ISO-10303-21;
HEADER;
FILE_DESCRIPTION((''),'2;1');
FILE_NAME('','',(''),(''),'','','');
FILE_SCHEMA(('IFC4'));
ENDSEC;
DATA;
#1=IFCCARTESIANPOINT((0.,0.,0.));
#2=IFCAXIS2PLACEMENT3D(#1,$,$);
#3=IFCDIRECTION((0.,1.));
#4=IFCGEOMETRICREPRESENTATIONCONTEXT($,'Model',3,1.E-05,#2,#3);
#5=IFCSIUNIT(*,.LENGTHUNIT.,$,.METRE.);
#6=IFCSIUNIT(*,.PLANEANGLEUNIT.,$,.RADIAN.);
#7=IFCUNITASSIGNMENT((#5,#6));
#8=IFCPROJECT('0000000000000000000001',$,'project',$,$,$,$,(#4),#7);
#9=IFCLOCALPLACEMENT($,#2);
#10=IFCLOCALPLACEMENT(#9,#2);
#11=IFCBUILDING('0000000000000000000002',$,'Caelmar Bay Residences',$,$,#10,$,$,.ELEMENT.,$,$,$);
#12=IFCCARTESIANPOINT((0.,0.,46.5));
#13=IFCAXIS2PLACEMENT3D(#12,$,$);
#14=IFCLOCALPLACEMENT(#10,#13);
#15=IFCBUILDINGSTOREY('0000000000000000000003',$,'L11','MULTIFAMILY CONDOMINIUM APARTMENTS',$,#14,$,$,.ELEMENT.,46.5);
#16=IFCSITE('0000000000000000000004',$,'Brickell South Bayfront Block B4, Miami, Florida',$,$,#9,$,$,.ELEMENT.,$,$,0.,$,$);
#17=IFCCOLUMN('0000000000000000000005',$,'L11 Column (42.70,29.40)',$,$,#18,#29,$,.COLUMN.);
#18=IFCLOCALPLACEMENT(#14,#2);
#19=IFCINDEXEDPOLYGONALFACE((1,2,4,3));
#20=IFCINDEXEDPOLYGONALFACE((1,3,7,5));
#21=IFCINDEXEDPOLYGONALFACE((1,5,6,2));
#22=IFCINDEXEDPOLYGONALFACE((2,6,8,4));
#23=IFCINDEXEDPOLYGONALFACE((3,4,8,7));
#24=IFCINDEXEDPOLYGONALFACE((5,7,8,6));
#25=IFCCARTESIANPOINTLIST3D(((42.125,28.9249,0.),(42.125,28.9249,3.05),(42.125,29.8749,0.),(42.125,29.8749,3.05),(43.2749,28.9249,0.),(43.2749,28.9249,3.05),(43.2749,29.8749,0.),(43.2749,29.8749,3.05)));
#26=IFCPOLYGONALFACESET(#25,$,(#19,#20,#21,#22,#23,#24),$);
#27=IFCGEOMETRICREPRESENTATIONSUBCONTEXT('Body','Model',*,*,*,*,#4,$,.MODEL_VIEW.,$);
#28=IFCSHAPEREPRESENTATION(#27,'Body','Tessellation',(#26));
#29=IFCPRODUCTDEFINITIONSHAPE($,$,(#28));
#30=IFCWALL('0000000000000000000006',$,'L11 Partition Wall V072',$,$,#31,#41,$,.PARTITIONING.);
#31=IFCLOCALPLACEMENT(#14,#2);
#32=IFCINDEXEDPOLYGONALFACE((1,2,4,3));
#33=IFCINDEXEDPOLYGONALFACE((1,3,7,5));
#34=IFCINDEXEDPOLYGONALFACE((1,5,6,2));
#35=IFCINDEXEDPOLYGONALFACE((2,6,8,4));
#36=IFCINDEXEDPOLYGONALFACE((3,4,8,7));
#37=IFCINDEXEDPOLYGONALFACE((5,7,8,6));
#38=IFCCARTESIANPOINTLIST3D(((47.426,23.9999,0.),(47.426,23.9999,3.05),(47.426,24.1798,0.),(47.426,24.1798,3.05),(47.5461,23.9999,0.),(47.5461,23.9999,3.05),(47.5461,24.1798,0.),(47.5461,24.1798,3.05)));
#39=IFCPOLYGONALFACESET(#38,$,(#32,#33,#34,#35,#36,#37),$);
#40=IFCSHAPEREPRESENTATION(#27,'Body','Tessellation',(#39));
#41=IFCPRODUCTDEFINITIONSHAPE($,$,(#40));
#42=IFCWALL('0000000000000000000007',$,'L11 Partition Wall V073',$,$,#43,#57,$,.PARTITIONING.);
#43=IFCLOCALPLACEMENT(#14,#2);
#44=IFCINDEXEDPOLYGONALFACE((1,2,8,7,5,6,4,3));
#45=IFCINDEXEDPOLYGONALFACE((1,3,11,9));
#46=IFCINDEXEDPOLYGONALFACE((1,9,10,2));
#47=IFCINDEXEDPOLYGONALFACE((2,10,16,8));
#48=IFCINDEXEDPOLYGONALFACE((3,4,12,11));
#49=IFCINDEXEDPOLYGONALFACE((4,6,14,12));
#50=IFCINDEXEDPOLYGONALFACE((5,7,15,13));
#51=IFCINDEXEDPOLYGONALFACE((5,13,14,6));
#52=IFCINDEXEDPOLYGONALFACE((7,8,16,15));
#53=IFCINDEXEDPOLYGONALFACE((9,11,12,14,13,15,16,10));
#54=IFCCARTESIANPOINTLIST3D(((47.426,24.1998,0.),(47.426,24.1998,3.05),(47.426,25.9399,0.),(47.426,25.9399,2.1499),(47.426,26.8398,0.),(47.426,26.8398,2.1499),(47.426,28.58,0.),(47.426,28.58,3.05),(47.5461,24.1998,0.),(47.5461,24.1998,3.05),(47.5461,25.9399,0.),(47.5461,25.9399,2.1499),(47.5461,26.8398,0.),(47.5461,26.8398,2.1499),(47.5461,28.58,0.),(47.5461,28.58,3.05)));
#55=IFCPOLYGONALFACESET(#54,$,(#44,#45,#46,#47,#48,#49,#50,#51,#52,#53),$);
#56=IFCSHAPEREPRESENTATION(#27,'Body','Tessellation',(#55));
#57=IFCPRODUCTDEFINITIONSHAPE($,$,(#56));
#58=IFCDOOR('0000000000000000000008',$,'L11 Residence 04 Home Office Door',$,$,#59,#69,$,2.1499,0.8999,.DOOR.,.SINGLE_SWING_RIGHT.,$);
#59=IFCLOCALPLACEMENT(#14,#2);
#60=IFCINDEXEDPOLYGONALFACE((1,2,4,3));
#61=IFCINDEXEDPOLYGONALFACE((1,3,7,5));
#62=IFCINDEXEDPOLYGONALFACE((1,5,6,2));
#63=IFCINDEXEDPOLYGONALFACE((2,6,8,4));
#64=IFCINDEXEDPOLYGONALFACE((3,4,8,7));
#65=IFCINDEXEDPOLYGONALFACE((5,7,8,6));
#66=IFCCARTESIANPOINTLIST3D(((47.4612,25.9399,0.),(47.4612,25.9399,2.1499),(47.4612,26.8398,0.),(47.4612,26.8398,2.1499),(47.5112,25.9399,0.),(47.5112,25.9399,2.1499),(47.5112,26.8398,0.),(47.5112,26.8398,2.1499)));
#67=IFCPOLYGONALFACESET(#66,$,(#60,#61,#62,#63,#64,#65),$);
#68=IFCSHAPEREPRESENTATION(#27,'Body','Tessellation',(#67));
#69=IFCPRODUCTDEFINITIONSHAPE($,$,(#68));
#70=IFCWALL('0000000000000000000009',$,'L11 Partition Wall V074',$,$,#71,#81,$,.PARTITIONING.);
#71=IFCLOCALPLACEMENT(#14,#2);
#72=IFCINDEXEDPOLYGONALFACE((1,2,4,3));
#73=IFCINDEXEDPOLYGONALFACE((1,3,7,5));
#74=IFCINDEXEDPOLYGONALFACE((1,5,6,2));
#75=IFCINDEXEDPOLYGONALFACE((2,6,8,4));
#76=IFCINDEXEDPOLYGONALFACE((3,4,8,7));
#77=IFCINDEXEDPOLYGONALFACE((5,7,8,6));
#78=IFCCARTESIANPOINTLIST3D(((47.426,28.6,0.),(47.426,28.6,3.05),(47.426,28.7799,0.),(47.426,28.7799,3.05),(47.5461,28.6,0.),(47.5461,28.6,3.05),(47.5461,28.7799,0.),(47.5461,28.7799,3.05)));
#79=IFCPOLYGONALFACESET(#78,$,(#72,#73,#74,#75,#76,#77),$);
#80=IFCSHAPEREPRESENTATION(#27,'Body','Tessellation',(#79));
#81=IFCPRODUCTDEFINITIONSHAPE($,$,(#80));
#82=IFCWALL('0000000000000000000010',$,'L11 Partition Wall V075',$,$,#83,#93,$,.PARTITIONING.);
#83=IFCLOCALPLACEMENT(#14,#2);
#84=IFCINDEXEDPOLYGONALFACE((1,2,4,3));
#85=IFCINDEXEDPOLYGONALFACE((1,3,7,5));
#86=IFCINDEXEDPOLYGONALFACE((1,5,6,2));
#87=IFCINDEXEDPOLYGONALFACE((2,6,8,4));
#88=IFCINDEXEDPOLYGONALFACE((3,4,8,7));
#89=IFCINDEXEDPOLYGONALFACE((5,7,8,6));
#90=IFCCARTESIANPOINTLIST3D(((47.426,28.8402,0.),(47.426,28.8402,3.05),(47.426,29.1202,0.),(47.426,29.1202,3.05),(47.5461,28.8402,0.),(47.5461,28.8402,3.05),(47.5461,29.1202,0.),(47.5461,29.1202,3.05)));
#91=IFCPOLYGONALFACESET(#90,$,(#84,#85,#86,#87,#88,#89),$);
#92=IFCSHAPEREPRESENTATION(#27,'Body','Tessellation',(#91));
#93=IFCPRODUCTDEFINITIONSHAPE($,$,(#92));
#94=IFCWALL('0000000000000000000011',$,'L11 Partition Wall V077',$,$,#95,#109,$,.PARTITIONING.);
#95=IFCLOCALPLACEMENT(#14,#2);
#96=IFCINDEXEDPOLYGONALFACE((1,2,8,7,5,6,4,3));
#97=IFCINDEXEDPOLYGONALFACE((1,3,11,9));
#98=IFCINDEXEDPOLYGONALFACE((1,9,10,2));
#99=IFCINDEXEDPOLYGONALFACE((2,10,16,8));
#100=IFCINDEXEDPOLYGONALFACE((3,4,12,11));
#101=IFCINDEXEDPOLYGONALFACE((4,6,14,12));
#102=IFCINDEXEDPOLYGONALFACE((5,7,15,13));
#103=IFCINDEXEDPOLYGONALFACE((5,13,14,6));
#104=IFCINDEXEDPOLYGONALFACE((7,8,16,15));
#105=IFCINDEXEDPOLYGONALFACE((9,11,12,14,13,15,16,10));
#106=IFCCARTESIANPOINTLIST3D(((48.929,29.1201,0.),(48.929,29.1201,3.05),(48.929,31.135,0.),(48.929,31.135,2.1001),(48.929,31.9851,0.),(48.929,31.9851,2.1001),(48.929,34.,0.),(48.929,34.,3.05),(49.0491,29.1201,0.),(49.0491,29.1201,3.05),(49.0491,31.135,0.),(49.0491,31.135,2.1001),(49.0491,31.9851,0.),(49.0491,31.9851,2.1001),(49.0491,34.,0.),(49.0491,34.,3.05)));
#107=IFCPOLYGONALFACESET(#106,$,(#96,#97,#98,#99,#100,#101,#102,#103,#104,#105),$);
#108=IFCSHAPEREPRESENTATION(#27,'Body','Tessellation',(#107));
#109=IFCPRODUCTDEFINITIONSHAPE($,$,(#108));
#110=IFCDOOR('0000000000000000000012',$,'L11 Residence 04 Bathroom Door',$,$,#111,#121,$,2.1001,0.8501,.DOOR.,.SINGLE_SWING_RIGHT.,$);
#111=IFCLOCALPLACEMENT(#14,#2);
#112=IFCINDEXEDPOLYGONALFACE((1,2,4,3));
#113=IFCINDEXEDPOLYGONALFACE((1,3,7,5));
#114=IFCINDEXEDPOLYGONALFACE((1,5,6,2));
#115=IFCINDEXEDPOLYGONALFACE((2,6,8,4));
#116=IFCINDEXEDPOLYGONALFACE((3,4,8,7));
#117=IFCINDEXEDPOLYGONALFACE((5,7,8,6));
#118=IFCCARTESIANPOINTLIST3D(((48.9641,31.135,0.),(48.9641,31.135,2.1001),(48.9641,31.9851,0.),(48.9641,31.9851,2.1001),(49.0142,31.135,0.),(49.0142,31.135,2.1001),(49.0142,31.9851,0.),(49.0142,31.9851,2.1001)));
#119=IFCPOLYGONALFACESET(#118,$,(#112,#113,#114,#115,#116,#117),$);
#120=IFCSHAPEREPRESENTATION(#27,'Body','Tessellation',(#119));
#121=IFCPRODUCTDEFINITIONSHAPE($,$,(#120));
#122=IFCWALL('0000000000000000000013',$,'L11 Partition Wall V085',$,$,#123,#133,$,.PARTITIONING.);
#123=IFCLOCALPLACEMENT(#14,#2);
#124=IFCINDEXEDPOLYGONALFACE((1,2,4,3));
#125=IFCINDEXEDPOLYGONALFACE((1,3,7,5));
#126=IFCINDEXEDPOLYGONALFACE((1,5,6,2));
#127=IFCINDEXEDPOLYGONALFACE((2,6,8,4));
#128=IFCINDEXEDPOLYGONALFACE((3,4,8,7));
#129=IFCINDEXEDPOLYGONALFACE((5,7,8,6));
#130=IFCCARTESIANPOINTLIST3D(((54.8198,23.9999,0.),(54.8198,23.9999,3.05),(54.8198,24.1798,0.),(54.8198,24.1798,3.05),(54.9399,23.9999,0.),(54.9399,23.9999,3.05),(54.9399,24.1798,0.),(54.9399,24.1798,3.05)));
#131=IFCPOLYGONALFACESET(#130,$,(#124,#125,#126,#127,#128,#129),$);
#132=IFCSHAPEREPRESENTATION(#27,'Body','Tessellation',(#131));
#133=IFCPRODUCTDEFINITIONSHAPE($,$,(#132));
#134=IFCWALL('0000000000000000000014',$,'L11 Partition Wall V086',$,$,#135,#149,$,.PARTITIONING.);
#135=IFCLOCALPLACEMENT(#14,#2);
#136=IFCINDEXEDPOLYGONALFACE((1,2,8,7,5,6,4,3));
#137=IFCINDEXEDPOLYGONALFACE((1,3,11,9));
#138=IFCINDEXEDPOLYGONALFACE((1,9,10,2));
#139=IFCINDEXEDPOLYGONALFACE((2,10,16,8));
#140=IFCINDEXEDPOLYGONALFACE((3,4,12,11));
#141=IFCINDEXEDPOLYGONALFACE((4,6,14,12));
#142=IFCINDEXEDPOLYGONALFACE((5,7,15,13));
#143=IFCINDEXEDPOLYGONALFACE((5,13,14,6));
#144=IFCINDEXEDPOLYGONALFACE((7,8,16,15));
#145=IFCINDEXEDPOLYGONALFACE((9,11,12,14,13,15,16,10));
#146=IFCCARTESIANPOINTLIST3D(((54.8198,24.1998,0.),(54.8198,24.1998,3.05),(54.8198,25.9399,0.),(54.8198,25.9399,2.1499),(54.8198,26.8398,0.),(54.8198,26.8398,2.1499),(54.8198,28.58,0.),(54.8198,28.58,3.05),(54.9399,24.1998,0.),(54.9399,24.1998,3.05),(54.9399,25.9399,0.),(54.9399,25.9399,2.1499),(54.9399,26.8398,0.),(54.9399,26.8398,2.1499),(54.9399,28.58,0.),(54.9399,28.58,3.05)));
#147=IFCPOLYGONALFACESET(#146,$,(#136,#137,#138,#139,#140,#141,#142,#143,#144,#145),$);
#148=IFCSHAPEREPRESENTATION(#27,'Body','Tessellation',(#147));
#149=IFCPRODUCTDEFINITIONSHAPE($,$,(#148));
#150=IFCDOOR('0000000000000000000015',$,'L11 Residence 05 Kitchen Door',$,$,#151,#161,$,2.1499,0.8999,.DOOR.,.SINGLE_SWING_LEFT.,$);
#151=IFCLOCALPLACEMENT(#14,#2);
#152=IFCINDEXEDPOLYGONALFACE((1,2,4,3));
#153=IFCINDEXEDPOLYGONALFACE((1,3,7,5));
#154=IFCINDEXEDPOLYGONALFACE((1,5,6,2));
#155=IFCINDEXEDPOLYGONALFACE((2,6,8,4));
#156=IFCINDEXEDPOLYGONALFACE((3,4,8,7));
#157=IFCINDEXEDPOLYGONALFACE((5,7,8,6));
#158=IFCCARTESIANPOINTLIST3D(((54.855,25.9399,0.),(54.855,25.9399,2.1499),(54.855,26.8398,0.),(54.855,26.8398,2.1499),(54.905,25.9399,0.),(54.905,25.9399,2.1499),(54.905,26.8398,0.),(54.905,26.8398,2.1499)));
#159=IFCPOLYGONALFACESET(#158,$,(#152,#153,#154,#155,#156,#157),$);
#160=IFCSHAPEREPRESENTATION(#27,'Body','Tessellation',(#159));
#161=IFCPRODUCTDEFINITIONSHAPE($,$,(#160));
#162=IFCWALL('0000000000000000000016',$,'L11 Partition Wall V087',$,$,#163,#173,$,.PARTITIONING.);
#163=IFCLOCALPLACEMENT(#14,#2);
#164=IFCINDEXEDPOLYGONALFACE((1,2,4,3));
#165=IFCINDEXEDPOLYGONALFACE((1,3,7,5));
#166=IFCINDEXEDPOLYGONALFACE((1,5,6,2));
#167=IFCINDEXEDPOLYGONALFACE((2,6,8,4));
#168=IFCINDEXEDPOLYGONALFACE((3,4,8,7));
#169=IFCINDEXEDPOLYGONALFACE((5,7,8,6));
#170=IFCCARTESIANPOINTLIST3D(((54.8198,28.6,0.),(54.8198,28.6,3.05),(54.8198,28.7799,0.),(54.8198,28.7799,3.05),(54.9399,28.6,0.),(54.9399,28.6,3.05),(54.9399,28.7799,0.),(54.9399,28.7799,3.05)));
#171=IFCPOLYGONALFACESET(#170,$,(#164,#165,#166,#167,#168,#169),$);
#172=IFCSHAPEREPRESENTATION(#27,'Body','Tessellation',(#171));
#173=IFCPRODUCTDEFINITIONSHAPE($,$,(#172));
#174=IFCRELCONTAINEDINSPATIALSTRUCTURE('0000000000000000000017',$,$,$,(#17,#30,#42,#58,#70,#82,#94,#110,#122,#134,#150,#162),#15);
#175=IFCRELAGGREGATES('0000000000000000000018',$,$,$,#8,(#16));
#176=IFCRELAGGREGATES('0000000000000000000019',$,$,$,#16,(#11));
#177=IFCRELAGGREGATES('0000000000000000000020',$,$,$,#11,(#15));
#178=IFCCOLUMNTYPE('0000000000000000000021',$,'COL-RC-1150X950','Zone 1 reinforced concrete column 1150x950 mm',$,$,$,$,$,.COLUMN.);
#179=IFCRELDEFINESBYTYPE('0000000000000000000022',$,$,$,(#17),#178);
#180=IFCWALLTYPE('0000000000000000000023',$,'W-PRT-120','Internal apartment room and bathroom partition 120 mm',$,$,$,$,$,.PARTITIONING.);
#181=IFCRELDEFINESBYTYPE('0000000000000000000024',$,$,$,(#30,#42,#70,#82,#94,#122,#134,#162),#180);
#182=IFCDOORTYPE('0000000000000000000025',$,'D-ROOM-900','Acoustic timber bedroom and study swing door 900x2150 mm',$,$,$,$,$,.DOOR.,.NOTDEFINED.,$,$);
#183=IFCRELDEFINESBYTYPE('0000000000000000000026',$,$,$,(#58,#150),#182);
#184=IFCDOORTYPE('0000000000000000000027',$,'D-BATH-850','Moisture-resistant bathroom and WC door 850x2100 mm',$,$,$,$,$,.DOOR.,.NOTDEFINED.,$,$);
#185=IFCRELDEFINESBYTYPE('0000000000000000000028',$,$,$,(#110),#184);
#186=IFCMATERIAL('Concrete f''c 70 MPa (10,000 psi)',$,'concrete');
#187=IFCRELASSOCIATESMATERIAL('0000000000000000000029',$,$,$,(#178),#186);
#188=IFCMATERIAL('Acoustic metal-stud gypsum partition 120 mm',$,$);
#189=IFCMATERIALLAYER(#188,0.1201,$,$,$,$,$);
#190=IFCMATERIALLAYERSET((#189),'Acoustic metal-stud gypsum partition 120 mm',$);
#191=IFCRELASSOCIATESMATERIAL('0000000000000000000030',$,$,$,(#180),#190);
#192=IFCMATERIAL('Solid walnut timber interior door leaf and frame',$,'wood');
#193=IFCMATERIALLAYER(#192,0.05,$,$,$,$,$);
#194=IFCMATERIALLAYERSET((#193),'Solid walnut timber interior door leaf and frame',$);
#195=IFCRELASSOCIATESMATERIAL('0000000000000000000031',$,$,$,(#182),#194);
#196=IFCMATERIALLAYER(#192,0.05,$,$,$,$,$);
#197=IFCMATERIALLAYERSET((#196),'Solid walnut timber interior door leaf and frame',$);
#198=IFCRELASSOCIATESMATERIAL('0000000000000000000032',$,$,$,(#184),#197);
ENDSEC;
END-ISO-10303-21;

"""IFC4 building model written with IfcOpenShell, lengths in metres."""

from ifc_helpers import new_model, si_unit, direction, frame, frame_2d, origin, origin_2d, place, context, subcontext, project, spatial, rectangle, extrude, material, layer, layer_set, material_profile, profile_set, type_object, element, fill, save


model = new_model("IFC4")

# Units and contexts
model_context = context("Model", 3, precision=1e-05, world=origin(), true_north=direction((0.0, 1.0)))
body_context = subcontext(model_context, "Body", "Model", "MODEL_VIEW")
ifc_project = project(units=[si_unit("LENGTHUNIT", "METRE"), si_unit("PLANEANGLEUNIT", "RADIAN")], contexts=[model_context])

# Site, building, storey
site_placement = place(None, origin())
site = spatial("IfcSite", under=ifc_project, at=site_placement, Name="Brickell South Bayfront Block B4, Miami, Florida", CompositionType="ELEMENT", RefElevation=0.0)
building_placement = place(site_placement, origin())
building = spatial("IfcBuilding", under=site, at=building_placement, Name="Caelmar Bay Residences", CompositionType="ELEMENT")
storey_placement = place(building_placement, frame((0.0, 0.0, 46.5)))
storey = spatial("IfcBuildingStorey", under=building, at=storey_placement, Name="L11", Description="MULTIFAMILY CONDOMINIUM APARTMENTS", CompositionType="ELEMENT", Elevation=46.5)

# Column
ifc_material_1 = material(Name="Concrete f'c 70 MPa (10,000 psi)", Category="concrete")
ifc_material_profile = material_profile(ifc_material_1, rectangle(XDim=1.1499, YDim=0.95, at=origin_2d()), Name="RC-COL-1150X950")
ifc_profile_set = profile_set([ifc_material_profile], Name="Concrete f'c 70 MPa (10,000 psi)")
column_type = type_object("IfcColumnType", Name="COL-RC-1150X950", Description="Zone 1 reinforced concrete column 1150x950 mm", PredefinedType="COLUMN", material=ifc_profile_set)
column_placement = place(storey_placement, frame((42.7, 29.3999, 0.0), z_axis=(0.0, 0.0, 1.0), x_axis=(1.0, 0.0, 0.0)))
element("IfcColumn", 1, at=column_placement, inside=storey, type_object=column_type, Name="L11 Column (42.70,29.40)", PredefinedType="COLUMN", context=body_context, shape_type="SweptSolid", body=[
    extrude(rectangle(XDim=1.1499, YDim=0.95, at=origin_2d()), origin(), (0.0, 0.0, 1.0), 3.05),
])

# Wall
ifc_material_2 = material(Name="Acoustic metal-stud gypsum partition 120 mm")
ifc_layer_1 = layer(ifc_material_2, 0.1201)
ifc_layer_set_1 = layer_set([ifc_layer_1], Name="Acoustic metal-stud gypsum partition 120 mm")
wall_type_1 = type_object("IfcWallType", Name="W-PRT-120", Description="Internal apartment room and bathroom partition 120 mm", PredefinedType="PARTITIONING", material=ifc_layer_set_1)
wall_1_placement = place(storey_placement, frame((47.4861, 24.0, 0.0), z_axis=(0.0, 0.0, 1.0), x_axis=(0.0, 1.0, 0.0)))
element("IfcWall", 2, at=wall_1_placement, inside=storey, type_object=wall_type_1, Name="L11 Partition Wall V072", PredefinedType="PARTITIONING", context=body_context, shape_type="SweptSolid", body=[
    extrude(rectangle(XDim=0.1799, YDim=0.1201, at=frame_2d((0.0898, 0.0))), origin(), (0.0, 0.0, 1.0), 3.05),
])

# Wall, opening, door
wall_2_placement = place(storey_placement, frame((47.4861, 24.2, 0.0), z_axis=(0.0, 0.0, 1.0), x_axis=(0.0, 1.0, 0.0)))
wall_2 = element("IfcWall", 3, at=wall_2_placement, inside=storey, type_object=wall_type_1, Name="L11 Partition Wall V073", PredefinedType="PARTITIONING", context=body_context, shape_type="SweptSolid", body=[
    extrude(rectangle(XDim=4.3801, YDim=0.1201, at=frame_2d((2.1899, 0.0))), origin(), (0.0, 0.0, 1.0), 3.05),
])
opening_1_placement = place(wall_2_placement, frame((1.74, 0.0, 0.0)))
opening_1 = element("IfcOpeningElement", 4, at=opening_1_placement, cuts=wall_2, PredefinedType="OPENING", context=body_context, shape_type="SweptSolid", body=[
    extrude(rectangle(XDim=0.8999, YDim=2.1499, at=frame_2d((0.45, 1.075))), frame((0.0, 0.0701, 0.0), z_axis=(0.0, -1.0, 0.0), x_axis=(1.0, 0.0, 0.0)), (0.0, 0.0, 1.0), 0.1401),
])
ifc_material_3 = material(Name="Solid walnut timber interior door leaf and frame", Category="wood")
ifc_layer_2 = layer(ifc_material_3, 0.05)
ifc_layer_set_2 = layer_set([ifc_layer_2], Name="Solid walnut timber interior door leaf and frame")
door_type_1 = type_object("IfcDoorType", Name="D-ROOM-900", Description="Acoustic timber bedroom and study swing door 900x2150 mm", OperationType="NOTDEFINED", PredefinedType="DOOR", material=ifc_layer_set_2)
door_1_placement = place(opening_1_placement, origin())
door_1 = element("IfcDoor", 5, at=door_1_placement, inside=storey, type_object=door_type_1, Name="L11 Residence 04 Home Office Door", OperationType="SINGLE_SWING_RIGHT", OverallHeight=2.1499, OverallWidth=0.8999, PredefinedType="DOOR", context=body_context, shape_type="SweptSolid", body=[
    extrude(rectangle(XDim=0.8999, YDim=2.1499, at=frame_2d((0.45, 1.075))), frame((0.0, 0.0249, 0.0), z_axis=(0.0, -1.0, 0.0), x_axis=(1.0, 0.0, 0.0)), (0.0, 0.0, 1.0), 0.05),
])
fill(opening_1, door_1)

# Walls
wall_3_placement = place(storey_placement, frame((47.4861, 28.6001, 0.0), z_axis=(0.0, 0.0, 1.0), x_axis=(0.0, 1.0, 0.0)))
element("IfcWall", 6, at=wall_3_placement, inside=storey, type_object=wall_type_1, Name="L11 Partition Wall V074", PredefinedType="PARTITIONING", context=body_context, shape_type="SweptSolid", body=[
    extrude(rectangle(XDim=0.1799, YDim=0.1201, at=frame_2d((0.0898, 0.0))), origin(), (0.0, 0.0, 1.0), 3.05),
])
wall_4_placement = place(storey_placement, frame((47.4861, 28.8401, 0.0), z_axis=(0.0, 0.0, 1.0), x_axis=(0.0, 1.0, 0.0)))
element("IfcWall", 7, at=wall_4_placement, inside=storey, type_object=wall_type_1, Name="L11 Partition Wall V075", PredefinedType="PARTITIONING", context=body_context, shape_type="SweptSolid", body=[
    extrude(rectangle(XDim=0.28, YDim=0.1201, at=frame_2d((0.1401, 0.0))), origin(), (0.0, 0.0, 1.0), 3.05),
])

# Wall, opening, door
wall_5_placement = place(storey_placement, frame((48.989, 29.1201, 0.0), z_axis=(0.0, 0.0, 1.0), x_axis=(0.0, 1.0, 0.0)))
wall_5 = element("IfcWall", 8, at=wall_5_placement, inside=storey, type_object=wall_type_1, Name="L11 Partition Wall V077", PredefinedType="PARTITIONING", context=body_context, shape_type="SweptSolid", body=[
    extrude(rectangle(XDim=4.8799, YDim=0.1201, at=frame_2d((2.4399, 0.0))), origin(), (0.0, 0.0, 1.0), 3.05),
])
opening_2_placement = place(wall_5_placement, frame((2.0149, 0.0, 0.0)))
opening_2 = element("IfcOpeningElement", 9, at=opening_2_placement, cuts=wall_5, PredefinedType="OPENING", context=body_context, shape_type="SweptSolid", body=[
    extrude(rectangle(XDim=0.8501, YDim=2.1001, at=frame_2d((0.425, 1.05))), frame((0.0, 0.0701, 0.0), z_axis=(0.0, -1.0, 0.0), x_axis=(1.0, 0.0, 0.0)), (0.0, 0.0, 1.0), 0.1401),
])
ifc_layer_3 = layer(ifc_material_3, 0.05)
ifc_layer_set_3 = layer_set([ifc_layer_3], Name="Solid walnut timber interior door leaf and frame")
door_type_2 = type_object("IfcDoorType", Name="D-BATH-850", Description="Moisture-resistant bathroom and WC door 850x2100 mm", OperationType="NOTDEFINED", PredefinedType="DOOR", material=ifc_layer_set_3)
door_2_placement = place(opening_2_placement, origin())
door_2 = element("IfcDoor", 10, at=door_2_placement, inside=storey, type_object=door_type_2, Name="L11 Residence 04 Bathroom Door", OperationType="SINGLE_SWING_RIGHT", OverallHeight=2.1001, OverallWidth=0.8501, PredefinedType="DOOR", context=body_context, shape_type="SweptSolid", body=[
    extrude(rectangle(XDim=0.8501, YDim=2.1001, at=frame_2d((0.425, 1.05))), frame((0.0, 0.0249, 0.0), z_axis=(0.0, -1.0, 0.0), x_axis=(1.0, 0.0, 0.0)), (0.0, 0.0, 1.0), 0.05),
])
fill(opening_2, door_2)

# Wall
wall_6_placement = place(storey_placement, frame((54.8799, 24.0, 0.0), z_axis=(0.0, 0.0, 1.0), x_axis=(0.0, 1.0, 0.0)))
element("IfcWall", 11, at=wall_6_placement, inside=storey, type_object=wall_type_1, Name="L11 Partition Wall V085", PredefinedType="PARTITIONING", context=body_context, shape_type="SweptSolid", body=[
    extrude(rectangle(XDim=0.1799, YDim=0.1201, at=frame_2d((0.0898, 0.0))), origin(), (0.0, 0.0, 1.0), 3.05),
])

# Wall, opening, door
wall_7_placement = place(storey_placement, frame((54.8799, 24.2, 0.0), z_axis=(0.0, 0.0, 1.0), x_axis=(0.0, 1.0, 0.0)))
wall_7 = element("IfcWall", 12, at=wall_7_placement, inside=storey, type_object=wall_type_1, Name="L11 Partition Wall V086", PredefinedType="PARTITIONING", context=body_context, shape_type="SweptSolid", body=[
    extrude(rectangle(XDim=4.3801, YDim=0.1201, at=frame_2d((2.1899, 0.0))), origin(), (0.0, 0.0, 1.0), 3.05),
])
opening_3_placement = place(wall_7_placement, frame((1.74, 0.0, 0.0)))
opening_3 = element("IfcOpeningElement", 13, at=opening_3_placement, cuts=wall_7, PredefinedType="OPENING", context=body_context, shape_type="SweptSolid", body=[
    extrude(rectangle(XDim=0.8999, YDim=2.1499, at=frame_2d((0.45, 1.075))), frame((0.0, 0.0701, 0.0), z_axis=(0.0, -1.0, 0.0), x_axis=(1.0, 0.0, 0.0)), (0.0, 0.0, 1.0), 0.1401),
])
door_3_placement = place(opening_3_placement, origin())
door_3 = element("IfcDoor", 14, at=door_3_placement, inside=storey, type_object=door_type_1, Name="L11 Residence 05 Kitchen Door", OperationType="SINGLE_SWING_LEFT", OverallHeight=2.1499, OverallWidth=0.8999, PredefinedType="DOOR", context=body_context, shape_type="SweptSolid", body=[
    extrude(rectangle(XDim=0.8999, YDim=2.1499, at=frame_2d((0.45, 1.075))), frame((0.0, 0.0249, 0.0), z_axis=(0.0, -1.0, 0.0), x_axis=(1.0, 0.0, 0.0)), (0.0, 0.0, 1.0), 0.05),
])
fill(opening_3, door_3)

# Wall
wall_8_placement = place(storey_placement, frame((54.8799, 28.6001, 0.0), z_axis=(0.0, 0.0, 1.0), x_axis=(0.0, 1.0, 0.0)))
element("IfcWall", 15, at=wall_8_placement, inside=storey, type_object=wall_type_1, Name="L11 Partition Wall V087", PredefinedType="PARTITIONING", context=body_context, shape_type="SweptSolid", body=[
    extrude(rectangle(XDim=0.1799, YDim=0.1201, at=frame_2d((0.0898, 0.0))), origin(), (0.0, 0.0, 1.0), 3.05),
])

save(model, "model.ifc")
